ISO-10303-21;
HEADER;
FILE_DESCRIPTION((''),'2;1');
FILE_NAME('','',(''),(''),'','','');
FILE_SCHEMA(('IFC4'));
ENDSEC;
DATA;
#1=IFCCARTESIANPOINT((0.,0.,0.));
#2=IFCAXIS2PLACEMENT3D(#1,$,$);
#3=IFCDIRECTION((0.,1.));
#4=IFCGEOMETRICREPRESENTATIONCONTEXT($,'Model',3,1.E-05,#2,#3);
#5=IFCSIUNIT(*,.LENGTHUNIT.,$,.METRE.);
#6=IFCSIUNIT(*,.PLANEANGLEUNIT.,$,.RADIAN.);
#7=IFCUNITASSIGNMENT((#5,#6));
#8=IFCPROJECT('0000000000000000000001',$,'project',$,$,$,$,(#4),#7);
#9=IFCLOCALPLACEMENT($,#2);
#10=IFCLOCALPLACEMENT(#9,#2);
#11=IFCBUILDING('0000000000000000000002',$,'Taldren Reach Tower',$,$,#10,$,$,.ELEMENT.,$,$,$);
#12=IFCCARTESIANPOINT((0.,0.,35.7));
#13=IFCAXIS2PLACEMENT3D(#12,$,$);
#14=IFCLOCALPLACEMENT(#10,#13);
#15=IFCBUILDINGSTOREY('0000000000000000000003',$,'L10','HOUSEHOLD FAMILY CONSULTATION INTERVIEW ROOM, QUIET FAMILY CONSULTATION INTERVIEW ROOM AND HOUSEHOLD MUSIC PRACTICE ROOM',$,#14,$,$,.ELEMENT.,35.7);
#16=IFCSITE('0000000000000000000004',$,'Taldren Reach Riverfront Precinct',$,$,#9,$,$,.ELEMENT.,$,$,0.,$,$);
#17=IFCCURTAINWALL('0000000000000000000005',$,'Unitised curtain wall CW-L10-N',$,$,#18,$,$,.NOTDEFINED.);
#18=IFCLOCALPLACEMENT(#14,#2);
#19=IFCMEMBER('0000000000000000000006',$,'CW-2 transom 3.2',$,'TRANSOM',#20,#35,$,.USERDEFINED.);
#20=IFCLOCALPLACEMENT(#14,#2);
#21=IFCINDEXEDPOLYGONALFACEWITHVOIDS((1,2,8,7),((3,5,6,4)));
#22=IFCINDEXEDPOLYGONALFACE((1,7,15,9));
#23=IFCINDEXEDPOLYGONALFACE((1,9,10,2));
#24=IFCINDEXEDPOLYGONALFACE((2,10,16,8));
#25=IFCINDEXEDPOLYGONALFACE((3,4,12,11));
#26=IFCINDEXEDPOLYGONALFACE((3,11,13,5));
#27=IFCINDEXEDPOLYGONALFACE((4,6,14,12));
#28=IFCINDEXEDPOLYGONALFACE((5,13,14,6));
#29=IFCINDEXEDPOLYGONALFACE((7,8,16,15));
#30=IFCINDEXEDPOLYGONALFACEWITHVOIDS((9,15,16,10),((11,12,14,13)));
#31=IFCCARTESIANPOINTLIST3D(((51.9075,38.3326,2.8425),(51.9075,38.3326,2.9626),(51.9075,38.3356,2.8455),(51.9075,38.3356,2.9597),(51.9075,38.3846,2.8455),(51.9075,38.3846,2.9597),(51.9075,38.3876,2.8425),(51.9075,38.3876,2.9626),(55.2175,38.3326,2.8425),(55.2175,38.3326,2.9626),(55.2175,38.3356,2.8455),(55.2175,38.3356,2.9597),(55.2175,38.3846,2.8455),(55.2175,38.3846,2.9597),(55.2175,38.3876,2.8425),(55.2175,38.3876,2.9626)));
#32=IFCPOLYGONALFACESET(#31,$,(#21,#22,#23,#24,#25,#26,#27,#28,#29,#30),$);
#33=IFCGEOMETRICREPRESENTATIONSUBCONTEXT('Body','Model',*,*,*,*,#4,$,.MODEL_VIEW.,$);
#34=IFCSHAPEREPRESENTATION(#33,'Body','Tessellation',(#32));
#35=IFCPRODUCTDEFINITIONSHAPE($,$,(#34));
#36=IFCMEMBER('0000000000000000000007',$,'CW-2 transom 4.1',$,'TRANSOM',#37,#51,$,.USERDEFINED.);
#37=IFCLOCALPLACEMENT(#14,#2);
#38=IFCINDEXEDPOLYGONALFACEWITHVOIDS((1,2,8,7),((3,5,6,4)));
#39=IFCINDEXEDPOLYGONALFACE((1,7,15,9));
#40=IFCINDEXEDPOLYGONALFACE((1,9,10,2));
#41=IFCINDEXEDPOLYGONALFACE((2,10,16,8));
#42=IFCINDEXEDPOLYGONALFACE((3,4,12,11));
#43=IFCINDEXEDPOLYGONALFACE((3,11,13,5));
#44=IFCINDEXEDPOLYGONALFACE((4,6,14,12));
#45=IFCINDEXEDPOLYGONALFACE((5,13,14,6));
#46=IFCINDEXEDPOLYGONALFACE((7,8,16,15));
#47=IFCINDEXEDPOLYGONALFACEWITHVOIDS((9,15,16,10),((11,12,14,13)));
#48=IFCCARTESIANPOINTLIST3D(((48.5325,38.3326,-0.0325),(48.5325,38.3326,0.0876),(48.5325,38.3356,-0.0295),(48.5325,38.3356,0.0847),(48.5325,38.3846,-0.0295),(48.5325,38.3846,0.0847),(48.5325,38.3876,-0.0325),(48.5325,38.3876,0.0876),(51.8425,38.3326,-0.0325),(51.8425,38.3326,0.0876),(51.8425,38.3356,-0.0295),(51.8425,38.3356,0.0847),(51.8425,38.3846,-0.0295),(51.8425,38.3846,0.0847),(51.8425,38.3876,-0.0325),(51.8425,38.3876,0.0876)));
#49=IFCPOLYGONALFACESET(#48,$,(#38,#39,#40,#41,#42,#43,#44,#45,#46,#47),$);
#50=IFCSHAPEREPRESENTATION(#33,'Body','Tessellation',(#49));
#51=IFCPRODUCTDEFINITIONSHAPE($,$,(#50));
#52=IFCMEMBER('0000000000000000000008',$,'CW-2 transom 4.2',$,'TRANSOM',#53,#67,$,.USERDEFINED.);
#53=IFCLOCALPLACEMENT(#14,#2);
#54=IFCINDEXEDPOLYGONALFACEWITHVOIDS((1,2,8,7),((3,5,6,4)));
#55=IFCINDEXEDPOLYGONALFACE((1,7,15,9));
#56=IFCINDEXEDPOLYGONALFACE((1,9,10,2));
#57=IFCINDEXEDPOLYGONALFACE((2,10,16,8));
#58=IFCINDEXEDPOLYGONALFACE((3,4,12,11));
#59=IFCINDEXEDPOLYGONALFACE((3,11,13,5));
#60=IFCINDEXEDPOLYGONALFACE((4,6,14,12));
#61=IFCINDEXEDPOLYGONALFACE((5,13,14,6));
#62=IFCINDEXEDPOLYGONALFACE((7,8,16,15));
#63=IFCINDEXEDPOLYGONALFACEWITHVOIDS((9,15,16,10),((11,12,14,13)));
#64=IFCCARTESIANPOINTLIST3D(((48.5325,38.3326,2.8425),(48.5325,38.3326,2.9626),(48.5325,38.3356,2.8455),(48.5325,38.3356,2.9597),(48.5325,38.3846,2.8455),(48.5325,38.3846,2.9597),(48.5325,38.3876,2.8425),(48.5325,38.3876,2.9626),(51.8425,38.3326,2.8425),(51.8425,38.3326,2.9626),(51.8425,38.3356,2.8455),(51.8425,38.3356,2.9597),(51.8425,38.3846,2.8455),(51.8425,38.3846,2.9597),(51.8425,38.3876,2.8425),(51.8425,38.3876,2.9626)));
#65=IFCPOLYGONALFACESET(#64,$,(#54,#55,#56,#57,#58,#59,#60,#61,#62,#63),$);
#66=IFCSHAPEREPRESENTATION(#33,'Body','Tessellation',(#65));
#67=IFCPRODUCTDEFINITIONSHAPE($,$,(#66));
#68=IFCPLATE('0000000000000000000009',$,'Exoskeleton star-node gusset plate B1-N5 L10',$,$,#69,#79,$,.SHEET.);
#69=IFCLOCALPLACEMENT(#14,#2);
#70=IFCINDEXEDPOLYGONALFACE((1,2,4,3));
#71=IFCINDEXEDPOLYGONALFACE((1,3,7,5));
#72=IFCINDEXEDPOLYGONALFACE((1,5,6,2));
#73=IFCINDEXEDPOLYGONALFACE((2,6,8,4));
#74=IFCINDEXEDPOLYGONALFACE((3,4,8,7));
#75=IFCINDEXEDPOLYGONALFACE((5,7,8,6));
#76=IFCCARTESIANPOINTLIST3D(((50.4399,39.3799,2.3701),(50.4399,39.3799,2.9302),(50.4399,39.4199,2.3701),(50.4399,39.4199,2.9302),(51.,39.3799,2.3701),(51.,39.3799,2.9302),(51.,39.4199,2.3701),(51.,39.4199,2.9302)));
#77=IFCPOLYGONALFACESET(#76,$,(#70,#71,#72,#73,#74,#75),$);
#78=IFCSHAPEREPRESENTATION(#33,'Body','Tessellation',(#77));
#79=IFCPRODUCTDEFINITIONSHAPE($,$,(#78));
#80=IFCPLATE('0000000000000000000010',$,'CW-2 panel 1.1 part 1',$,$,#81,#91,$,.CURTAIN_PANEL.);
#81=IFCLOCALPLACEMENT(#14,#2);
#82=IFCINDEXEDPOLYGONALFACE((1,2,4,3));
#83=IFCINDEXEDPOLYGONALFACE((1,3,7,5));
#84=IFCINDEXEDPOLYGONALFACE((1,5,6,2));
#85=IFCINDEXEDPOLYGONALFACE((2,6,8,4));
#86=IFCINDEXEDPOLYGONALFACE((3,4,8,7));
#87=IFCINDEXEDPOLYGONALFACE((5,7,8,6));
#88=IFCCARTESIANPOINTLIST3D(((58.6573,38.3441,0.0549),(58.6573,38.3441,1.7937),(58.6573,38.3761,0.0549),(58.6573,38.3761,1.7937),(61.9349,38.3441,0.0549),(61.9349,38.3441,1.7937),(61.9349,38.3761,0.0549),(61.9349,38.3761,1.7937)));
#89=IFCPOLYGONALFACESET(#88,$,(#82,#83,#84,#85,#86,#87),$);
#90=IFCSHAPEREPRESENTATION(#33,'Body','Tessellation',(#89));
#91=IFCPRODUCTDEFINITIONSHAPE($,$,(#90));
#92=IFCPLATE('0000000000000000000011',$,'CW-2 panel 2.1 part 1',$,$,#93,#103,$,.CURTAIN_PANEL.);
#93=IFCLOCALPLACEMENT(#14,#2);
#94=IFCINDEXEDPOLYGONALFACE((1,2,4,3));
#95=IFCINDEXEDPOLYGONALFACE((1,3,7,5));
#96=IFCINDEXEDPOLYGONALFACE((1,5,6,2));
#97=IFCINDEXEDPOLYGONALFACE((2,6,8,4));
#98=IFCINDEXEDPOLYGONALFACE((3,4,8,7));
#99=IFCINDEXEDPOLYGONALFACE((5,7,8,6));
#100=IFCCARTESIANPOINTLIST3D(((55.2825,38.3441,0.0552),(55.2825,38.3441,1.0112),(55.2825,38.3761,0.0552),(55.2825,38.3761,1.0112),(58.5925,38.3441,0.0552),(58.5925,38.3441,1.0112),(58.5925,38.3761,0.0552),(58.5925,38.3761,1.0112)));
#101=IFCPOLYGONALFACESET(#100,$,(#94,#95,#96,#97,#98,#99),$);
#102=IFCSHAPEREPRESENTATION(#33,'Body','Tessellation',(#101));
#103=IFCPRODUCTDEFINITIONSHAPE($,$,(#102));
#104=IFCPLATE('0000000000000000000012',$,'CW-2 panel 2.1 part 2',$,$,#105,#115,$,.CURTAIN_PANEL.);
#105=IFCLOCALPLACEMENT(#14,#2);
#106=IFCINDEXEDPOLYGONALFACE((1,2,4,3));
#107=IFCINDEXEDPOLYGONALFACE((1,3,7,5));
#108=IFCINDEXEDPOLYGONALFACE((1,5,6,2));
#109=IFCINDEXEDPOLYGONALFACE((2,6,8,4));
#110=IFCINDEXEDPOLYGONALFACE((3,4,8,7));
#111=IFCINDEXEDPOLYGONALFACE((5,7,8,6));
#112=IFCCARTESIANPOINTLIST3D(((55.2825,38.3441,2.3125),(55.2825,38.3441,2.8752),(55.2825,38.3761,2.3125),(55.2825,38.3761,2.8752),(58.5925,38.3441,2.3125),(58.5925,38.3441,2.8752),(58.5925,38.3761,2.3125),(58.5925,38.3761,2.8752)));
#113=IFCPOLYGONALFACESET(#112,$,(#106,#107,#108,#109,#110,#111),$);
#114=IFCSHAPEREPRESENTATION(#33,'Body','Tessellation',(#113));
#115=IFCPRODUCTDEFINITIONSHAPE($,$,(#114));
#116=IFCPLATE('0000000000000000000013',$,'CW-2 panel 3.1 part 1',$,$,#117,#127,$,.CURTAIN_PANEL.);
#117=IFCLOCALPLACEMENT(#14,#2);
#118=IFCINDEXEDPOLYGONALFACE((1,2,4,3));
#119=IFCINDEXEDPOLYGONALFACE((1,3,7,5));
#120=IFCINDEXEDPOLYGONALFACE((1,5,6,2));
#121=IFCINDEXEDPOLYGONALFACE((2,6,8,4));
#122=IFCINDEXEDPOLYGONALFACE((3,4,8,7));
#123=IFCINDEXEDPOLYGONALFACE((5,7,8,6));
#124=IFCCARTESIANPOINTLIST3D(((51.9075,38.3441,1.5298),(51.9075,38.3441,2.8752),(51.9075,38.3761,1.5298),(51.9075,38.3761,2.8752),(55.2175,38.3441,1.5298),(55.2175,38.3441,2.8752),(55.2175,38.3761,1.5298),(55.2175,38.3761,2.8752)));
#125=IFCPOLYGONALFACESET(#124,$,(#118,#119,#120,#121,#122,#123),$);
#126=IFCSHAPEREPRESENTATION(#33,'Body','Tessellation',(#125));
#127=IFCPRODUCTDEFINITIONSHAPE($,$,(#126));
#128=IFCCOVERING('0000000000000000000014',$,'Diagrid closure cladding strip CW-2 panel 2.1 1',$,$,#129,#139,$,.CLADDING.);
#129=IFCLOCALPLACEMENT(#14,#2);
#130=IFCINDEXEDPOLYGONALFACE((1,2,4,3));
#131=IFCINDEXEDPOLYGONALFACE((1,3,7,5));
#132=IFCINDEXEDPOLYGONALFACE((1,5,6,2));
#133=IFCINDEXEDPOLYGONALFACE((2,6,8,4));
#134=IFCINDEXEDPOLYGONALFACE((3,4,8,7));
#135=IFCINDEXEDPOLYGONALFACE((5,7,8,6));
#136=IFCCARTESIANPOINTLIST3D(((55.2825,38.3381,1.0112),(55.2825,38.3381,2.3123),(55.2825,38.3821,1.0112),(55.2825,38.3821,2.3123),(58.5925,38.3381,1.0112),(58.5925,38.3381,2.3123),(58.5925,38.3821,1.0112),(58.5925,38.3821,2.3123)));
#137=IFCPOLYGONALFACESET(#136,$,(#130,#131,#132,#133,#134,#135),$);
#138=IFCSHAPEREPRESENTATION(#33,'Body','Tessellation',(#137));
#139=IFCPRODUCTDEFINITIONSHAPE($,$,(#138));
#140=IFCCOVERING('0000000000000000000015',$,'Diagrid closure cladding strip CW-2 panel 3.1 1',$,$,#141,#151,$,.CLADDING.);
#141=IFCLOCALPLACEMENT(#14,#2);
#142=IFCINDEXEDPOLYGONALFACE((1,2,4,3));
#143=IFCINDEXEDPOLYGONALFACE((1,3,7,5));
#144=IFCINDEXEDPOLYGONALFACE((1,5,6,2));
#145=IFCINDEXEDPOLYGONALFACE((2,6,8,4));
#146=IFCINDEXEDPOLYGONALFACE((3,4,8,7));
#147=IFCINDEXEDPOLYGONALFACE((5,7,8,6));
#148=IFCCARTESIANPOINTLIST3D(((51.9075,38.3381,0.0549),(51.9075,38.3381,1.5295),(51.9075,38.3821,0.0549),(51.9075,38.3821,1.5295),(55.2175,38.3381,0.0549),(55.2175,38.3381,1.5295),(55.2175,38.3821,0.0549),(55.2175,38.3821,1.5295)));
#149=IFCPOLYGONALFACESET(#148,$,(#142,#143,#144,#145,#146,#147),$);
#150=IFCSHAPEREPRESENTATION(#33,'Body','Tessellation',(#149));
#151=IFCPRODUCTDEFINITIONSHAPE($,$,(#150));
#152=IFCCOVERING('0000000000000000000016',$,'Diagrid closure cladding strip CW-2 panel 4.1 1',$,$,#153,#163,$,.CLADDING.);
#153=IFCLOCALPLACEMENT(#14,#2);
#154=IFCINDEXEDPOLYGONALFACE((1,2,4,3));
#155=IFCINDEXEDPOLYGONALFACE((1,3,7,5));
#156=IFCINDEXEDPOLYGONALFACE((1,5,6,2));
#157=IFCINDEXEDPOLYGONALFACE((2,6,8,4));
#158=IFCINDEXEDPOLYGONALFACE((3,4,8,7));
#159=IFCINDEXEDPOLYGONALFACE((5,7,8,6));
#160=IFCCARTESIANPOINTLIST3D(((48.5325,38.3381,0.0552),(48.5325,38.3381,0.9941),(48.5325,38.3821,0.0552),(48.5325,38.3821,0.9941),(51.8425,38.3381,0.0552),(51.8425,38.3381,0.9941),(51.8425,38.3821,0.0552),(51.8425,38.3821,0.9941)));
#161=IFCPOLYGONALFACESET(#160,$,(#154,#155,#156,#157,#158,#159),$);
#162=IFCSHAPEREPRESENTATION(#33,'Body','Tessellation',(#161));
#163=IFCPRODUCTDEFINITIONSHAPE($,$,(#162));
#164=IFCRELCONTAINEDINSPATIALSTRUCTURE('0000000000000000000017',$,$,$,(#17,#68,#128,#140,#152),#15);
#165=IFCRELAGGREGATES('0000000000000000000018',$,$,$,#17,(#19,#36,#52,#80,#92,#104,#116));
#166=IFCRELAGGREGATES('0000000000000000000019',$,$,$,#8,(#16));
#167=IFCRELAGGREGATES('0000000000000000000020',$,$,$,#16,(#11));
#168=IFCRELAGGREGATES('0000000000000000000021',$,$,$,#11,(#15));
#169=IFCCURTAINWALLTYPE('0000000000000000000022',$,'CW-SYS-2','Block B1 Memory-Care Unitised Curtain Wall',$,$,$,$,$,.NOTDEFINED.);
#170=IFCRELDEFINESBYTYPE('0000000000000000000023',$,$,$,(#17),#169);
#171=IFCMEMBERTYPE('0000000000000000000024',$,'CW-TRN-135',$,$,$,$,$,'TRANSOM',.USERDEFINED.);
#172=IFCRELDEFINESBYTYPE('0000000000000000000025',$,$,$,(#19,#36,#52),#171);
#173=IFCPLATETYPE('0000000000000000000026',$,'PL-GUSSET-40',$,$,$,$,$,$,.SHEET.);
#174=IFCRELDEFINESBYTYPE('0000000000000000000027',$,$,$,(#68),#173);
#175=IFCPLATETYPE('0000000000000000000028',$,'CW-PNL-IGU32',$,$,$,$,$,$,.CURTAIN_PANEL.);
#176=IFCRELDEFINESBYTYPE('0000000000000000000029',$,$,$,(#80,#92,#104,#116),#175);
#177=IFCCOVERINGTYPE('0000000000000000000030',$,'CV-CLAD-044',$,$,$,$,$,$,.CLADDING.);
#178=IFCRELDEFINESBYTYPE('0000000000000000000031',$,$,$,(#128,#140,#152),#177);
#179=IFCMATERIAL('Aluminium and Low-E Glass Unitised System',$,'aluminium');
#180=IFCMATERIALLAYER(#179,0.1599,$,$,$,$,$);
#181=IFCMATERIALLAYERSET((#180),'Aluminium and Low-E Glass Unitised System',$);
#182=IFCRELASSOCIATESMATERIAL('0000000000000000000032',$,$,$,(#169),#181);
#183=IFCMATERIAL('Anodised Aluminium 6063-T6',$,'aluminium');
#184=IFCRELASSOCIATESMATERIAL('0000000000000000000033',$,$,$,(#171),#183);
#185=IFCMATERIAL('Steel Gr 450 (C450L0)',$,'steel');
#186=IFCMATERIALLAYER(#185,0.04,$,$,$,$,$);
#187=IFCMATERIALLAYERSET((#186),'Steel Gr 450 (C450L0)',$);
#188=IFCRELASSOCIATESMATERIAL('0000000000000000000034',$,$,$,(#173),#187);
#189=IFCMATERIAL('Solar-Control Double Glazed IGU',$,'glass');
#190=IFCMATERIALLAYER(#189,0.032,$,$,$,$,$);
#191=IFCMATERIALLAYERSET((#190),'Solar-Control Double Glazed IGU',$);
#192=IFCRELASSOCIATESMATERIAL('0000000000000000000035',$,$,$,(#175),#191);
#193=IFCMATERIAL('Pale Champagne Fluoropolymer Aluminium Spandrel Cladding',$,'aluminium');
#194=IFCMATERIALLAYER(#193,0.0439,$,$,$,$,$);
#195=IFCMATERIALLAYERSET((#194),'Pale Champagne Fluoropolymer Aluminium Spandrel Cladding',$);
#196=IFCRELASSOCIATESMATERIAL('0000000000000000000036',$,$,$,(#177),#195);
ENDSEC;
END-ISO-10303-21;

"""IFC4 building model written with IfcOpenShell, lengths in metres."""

from ifc_helpers import new_model, si_unit, direction, frame, origin, origin_2d, place, context, subcontext, project, spatial, rectangle, hollow_rectangle, extrude, source, transform, mapped, material, layer, layer_set, material_profile, profile_set, type_object, element, aggregate, save


model = new_model("IFC4")

# Units and contexts
model_context = context("Model", 3, precision=1e-05, world=origin(), true_north=direction((0.0, 1.0)))
body_context = subcontext(model_context, "Body", "Model", "MODEL_VIEW")
ifc_project = project(units=[si_unit("LENGTHUNIT", "METRE"), si_unit("PLANEANGLEUNIT", "RADIAN")], contexts=[model_context])

# Site, building, storey
site_placement = place(None, origin())
site = spatial("IfcSite", under=ifc_project, at=site_placement, Name="Taldren Reach Riverfront Precinct", CompositionType="ELEMENT", RefElevation=0.0)
building_placement = place(site_placement, origin())
building = spatial("IfcBuilding", under=site, at=building_placement, Name="Taldren Reach Tower", CompositionType="ELEMENT")
storey_placement = place(building_placement, frame((0.0, 0.0, 35.7)))
storey = spatial("IfcBuildingStorey", under=building, at=storey_placement, Name="L10", Description="HOUSEHOLD FAMILY CONSULTATION INTERVIEW ROOM, QUIET FAMILY CONSULTATION INTERVIEW ROOM AND HOUSEHOLD MUSIC PRACTICE ROOM", CompositionType="ELEMENT", Elevation=35.7)

# Shared definitions
ifc_material_1 = material(Name="Steel Gr 450 (C450L0)", Category="steel")

# Curtain wall, members
ifc_material_2 = material(Name="Aluminium and Low-E Glass Unitised System", Category="aluminium")
ifc_layer_1 = layer(ifc_material_2, 0.1599)
ifc_layer_set_1 = layer_set([ifc_layer_1], Name="Aluminium and Low-E Glass Unitised System")
curtain_wall_type = type_object("IfcCurtainWallType", Name="CW-SYS-2", Description="Block B1 Memory-Care Unitised Curtain Wall", PredefinedType="NOTDEFINED", material=ifc_layer_set_1)
curtain_wall_placement = place(storey_placement, origin())
curtain_wall = element("IfcCurtainWall", 1, at=curtain_wall_placement, inside=storey, type_object=curtain_wall_type, Name="Unitised curtain wall CW-L10-N", PredefinedType="NOTDEFINED")
ifc_material_3 = material(Name="Anodised Aluminium 6063-T6", Category="aluminium")
ifc_material_profile_1 = material_profile(ifc_material_3, hollow_rectangle(XDim=0.0549, YDim=0.1201, WallThickness=0.0029, at=origin_2d()), Name="ALU-120x55x3RHS")
ifc_profile_set_1 = profile_set([ifc_material_profile_1], Name="Anodised Aluminium 6063-T6")
member_type_1 = type_object("IfcMemberType", Name="CW-TRN-135", ElementType="TRANSOM", PredefinedType="USERDEFINED", material=ifc_profile_set_1)
shared_shape_1 = source(origin(), body_context, "Body", "SweptSolid", [
    extrude(hollow_rectangle(XDim=0.0549, YDim=0.1201, WallThickness=0.0029, at=origin_2d()), origin(), (0.0, 0.0, 1.0), 3.3101),
])
member_1_placement = place(storey_placement, frame((55.2175, 38.3601, 2.9026), z_axis=(-1.0, 0.0, 0.0), x_axis=(0.0, -1.0, 0.0)))
member_1 = element("IfcMember", 2, at=member_1_placement, type_object=member_type_1, Name="CW-2 transom 3.2", ObjectType="TRANSOM", PredefinedType="USERDEFINED", context=body_context, shape_type="MappedRepresentation", body=[
    mapped(shared_shape_1, transform((0.0, 0.0, 0.0), scale=1.0)),
])
member_2_placement = place(storey_placement, frame((51.8425, 38.3601, 0.0276), z_axis=(-1.0, 0.0, 0.0), x_axis=(0.0, -1.0, 0.0)))
member_2 = element("IfcMember", 3, at=member_2_placement, type_object=member_type_1, Name="CW-2 transom 4.1", ObjectType="TRANSOM", PredefinedType="USERDEFINED", context=body_context, shape_type="MappedRepresentation", body=[
    mapped(shared_shape_1, transform((0.0, 0.0, 0.0), scale=1.0)),
])
member_3_placement = place(storey_placement, frame((51.8425, 38.3601, 2.9026), z_axis=(-1.0, 0.0, 0.0), x_axis=(0.0, -1.0, 0.0)))
member_3 = element("IfcMember", 4, at=member_3_placement, type_object=member_type_1, Name="CW-2 transom 4.2", ObjectType="TRANSOM", PredefinedType="USERDEFINED", context=body_context, shape_type="MappedRepresentation", body=[
    mapped(shared_shape_1, transform((0.0, 0.0, 0.0), scale=1.0)),
])

# Plates
ifc_layer_2 = layer(ifc_material_1, 0.04)
ifc_layer_set_2 = layer_set([ifc_layer_2], Name="Steel Gr 450 (C450L0)")
plate_type_1 = type_object("IfcPlateType", Name="PL-GUSSET-40", PredefinedType="SHEET", material=ifc_layer_set_2)
shared_shape_2 = source(origin(), body_context, "Body", "SweptSolid", [
    extrude(rectangle(XDim=0.5601, YDim=0.04, at=origin_2d()), origin(), (0.0, 0.0, 1.0), 0.5601),
])
plate_1_placement = place(storey_placement, frame((50.72, 39.3999, 2.3701), z_axis=(0.0, 0.0, 1.0), x_axis=(1.0, 0.0, 0.0)))
element("IfcPlate", 5, at=plate_1_placement, inside=storey, type_object=plate_type_1, Name="Exoskeleton star-node gusset plate B1-N5 L10", PredefinedType="SHEET", context=body_context, shape_type="MappedRepresentation", body=[
    mapped(shared_shape_2, transform((0.0, 0.0, 0.0), scale=1.0)),
])
ifc_material_4 = material(Name="Solar-Control Double Glazed IGU", Category="glass")
ifc_layer_3 = layer(ifc_material_4, 0.032)
ifc_layer_set_3 = layer_set([ifc_layer_3], Name="Solar-Control Double Glazed IGU")
plate_type_2 = type_object("IfcPlateType", Name="CW-PNL-IGU32", PredefinedType="CURTAIN_PANEL", material=ifc_layer_set_3)
shared_shape_3 = source(origin(), body_context, "Body", "SweptSolid", [
    extrude(rectangle(XDim=3.2776, YDim=0.032, at=origin_2d()), origin(), (0.0, 0.0, 1.0), 1.7388),
])
plate_2_placement = place(storey_placement, frame((60.2961, 38.3601, 0.0549), z_axis=(0.0, 0.0, 1.0), x_axis=(-1.0, 0.0, 0.0)))
plate_2 = element("IfcPlate", 6, at=plate_2_placement, type_object=plate_type_2, Name="CW-2 panel 1.1 part 1", PredefinedType="CURTAIN_PANEL", context=body_context, shape_type="MappedRepresentation", body=[
    mapped(shared_shape_3, transform((0.0, 0.0, 0.0), scale=1.0)),
])
shared_shape_4 = source(origin(), body_context, "Body", "SweptSolid", [
    extrude(rectangle(XDim=3.3101, YDim=0.032, at=origin_2d()), origin(), (0.0, 0.0, 1.0), 0.9561),
])
plate_3_placement = place(storey_placement, frame((56.9375, 38.3601, 0.0552), z_axis=(0.0, 0.0, 1.0), x_axis=(-1.0, 0.0, 0.0)))
plate_3 = element("IfcPlate", 7, at=plate_3_placement, type_object=plate_type_2, Name="CW-2 panel 2.1 part 1", PredefinedType="CURTAIN_PANEL", context=body_context, shape_type="MappedRepresentation", body=[
    mapped(shared_shape_4, transform((0.0, 0.0, 0.0), scale=1.0)),
])
shared_shape_5 = source(origin(), body_context, "Body", "SweptSolid", [
    extrude(rectangle(XDim=3.3101, YDim=0.032, at=origin_2d()), origin(), (0.0, 0.0, 1.0), 0.5627),
])
plate_4_placement = place(storey_placement, frame((56.9375, 38.3601, 2.3125), z_axis=(0.0, 0.0, 1.0), x_axis=(-1.0, 0.0, 0.0)))
plate_4 = element("IfcPlate", 8, at=plate_4_placement, type_object=plate_type_2, Name="CW-2 panel 2.1 part 2", PredefinedType="CURTAIN_PANEL", context=body_context, shape_type="MappedRepresentation", body=[
    mapped(shared_shape_5, transform((0.0, 0.0, 0.0), scale=1.0)),
])
shared_shape_6 = source(origin(), body_context, "Body", "SweptSolid", [
    extrude(rectangle(XDim=3.3101, YDim=0.032, at=origin_2d()), origin(), (0.0, 0.0, 1.0), 1.3455),
])
plate_5_placement = place(storey_placement, frame((53.5625, 38.3601, 1.5298), z_axis=(0.0, 0.0, 1.0), x_axis=(-1.0, 0.0, 0.0)))
plate_5 = element("IfcPlate", 9, at=plate_5_placement, type_object=plate_type_2, Name="CW-2 panel 3.1 part 1", PredefinedType="CURTAIN_PANEL", context=body_context, shape_type="MappedRepresentation", body=[
    mapped(shared_shape_6, transform((0.0, 0.0, 0.0), scale=1.0)),
])
aggregate(curtain_wall, [member_1, member_2, member_3, plate_2, plate_3, plate_4, plate_5])

# Coverings
ifc_material_5 = material(Name="Pale Champagne Fluoropolymer Aluminium Spandrel Cladding", Category="aluminium")
ifc_layer_4 = layer(ifc_material_5, 0.0439)
ifc_layer_set_4 = layer_set([ifc_layer_4], Name="Pale Champagne Fluoropolymer Aluminium Spandrel Cladding")
covering_type = type_object("IfcCoveringType", Name="CV-CLAD-044", PredefinedType="CLADDING", material=ifc_layer_set_4)
shared_shape_7 = source(origin(), body_context, "Body", "SweptSolid", [
    extrude(rectangle(XDim=3.3101, YDim=0.0439, at=origin_2d()), origin(), (0.0, 0.0, 1.0), 1.301),
])
covering_1_placement = place(storey_placement, frame((56.9375, 38.3601, 1.0112), z_axis=(0.0, 0.0, 1.0), x_axis=(-1.0, 0.0, 0.0)))
element("IfcCovering", 10, at=covering_1_placement, inside=storey, type_object=covering_type, Name="Diagrid closure cladding strip CW-2 panel 2.1 1", PredefinedType="CLADDING", context=body_context, shape_type="MappedRepresentation", body=[
    mapped(shared_shape_7, transform((0.0, 0.0, 0.0), scale=1.0)),
])
shared_shape_8 = source(origin(), body_context, "Body", "SweptSolid", [
    extrude(rectangle(XDim=3.3101, YDim=0.0439, at=origin_2d()), origin(), (0.0, 0.0, 1.0), 1.4746),
])
covering_2_placement = place(storey_placement, frame((53.5625, 38.3601, 0.0549), z_axis=(0.0, 0.0, 1.0), x_axis=(-1.0, 0.0, 0.0)))
element("IfcCovering", 11, at=covering_2_placement, inside=storey, type_object=covering_type, Name="Diagrid closure cladding strip CW-2 panel 3.1 1", PredefinedType="CLADDING", context=body_context, shape_type="MappedRepresentation", body=[
    mapped(shared_shape_8, transform((0.0, 0.0, 0.0), scale=1.0)),
])
shared_shape_9 = source(origin(), body_context, "Body", "SweptSolid", [
    extrude(rectangle(XDim=3.3101, YDim=0.0439, at=origin_2d()), origin(), (0.0, 0.0, 1.0), 0.939),
])
covering_3_placement = place(storey_placement, frame((50.1875, 38.3601, 0.0552), z_axis=(0.0, 0.0, 1.0), x_axis=(-1.0, 0.0, 0.0)))
element("IfcCovering", 12, at=covering_3_placement, inside=storey, type_object=covering_type, Name="Diagrid closure cladding strip CW-2 panel 4.1 1", PredefinedType="CLADDING", context=body_context, shape_type="MappedRepresentation", body=[
    mapped(shared_shape_9, transform((0.0, 0.0, 0.0), scale=1.0)),
])

save(model, "model.ifc")
